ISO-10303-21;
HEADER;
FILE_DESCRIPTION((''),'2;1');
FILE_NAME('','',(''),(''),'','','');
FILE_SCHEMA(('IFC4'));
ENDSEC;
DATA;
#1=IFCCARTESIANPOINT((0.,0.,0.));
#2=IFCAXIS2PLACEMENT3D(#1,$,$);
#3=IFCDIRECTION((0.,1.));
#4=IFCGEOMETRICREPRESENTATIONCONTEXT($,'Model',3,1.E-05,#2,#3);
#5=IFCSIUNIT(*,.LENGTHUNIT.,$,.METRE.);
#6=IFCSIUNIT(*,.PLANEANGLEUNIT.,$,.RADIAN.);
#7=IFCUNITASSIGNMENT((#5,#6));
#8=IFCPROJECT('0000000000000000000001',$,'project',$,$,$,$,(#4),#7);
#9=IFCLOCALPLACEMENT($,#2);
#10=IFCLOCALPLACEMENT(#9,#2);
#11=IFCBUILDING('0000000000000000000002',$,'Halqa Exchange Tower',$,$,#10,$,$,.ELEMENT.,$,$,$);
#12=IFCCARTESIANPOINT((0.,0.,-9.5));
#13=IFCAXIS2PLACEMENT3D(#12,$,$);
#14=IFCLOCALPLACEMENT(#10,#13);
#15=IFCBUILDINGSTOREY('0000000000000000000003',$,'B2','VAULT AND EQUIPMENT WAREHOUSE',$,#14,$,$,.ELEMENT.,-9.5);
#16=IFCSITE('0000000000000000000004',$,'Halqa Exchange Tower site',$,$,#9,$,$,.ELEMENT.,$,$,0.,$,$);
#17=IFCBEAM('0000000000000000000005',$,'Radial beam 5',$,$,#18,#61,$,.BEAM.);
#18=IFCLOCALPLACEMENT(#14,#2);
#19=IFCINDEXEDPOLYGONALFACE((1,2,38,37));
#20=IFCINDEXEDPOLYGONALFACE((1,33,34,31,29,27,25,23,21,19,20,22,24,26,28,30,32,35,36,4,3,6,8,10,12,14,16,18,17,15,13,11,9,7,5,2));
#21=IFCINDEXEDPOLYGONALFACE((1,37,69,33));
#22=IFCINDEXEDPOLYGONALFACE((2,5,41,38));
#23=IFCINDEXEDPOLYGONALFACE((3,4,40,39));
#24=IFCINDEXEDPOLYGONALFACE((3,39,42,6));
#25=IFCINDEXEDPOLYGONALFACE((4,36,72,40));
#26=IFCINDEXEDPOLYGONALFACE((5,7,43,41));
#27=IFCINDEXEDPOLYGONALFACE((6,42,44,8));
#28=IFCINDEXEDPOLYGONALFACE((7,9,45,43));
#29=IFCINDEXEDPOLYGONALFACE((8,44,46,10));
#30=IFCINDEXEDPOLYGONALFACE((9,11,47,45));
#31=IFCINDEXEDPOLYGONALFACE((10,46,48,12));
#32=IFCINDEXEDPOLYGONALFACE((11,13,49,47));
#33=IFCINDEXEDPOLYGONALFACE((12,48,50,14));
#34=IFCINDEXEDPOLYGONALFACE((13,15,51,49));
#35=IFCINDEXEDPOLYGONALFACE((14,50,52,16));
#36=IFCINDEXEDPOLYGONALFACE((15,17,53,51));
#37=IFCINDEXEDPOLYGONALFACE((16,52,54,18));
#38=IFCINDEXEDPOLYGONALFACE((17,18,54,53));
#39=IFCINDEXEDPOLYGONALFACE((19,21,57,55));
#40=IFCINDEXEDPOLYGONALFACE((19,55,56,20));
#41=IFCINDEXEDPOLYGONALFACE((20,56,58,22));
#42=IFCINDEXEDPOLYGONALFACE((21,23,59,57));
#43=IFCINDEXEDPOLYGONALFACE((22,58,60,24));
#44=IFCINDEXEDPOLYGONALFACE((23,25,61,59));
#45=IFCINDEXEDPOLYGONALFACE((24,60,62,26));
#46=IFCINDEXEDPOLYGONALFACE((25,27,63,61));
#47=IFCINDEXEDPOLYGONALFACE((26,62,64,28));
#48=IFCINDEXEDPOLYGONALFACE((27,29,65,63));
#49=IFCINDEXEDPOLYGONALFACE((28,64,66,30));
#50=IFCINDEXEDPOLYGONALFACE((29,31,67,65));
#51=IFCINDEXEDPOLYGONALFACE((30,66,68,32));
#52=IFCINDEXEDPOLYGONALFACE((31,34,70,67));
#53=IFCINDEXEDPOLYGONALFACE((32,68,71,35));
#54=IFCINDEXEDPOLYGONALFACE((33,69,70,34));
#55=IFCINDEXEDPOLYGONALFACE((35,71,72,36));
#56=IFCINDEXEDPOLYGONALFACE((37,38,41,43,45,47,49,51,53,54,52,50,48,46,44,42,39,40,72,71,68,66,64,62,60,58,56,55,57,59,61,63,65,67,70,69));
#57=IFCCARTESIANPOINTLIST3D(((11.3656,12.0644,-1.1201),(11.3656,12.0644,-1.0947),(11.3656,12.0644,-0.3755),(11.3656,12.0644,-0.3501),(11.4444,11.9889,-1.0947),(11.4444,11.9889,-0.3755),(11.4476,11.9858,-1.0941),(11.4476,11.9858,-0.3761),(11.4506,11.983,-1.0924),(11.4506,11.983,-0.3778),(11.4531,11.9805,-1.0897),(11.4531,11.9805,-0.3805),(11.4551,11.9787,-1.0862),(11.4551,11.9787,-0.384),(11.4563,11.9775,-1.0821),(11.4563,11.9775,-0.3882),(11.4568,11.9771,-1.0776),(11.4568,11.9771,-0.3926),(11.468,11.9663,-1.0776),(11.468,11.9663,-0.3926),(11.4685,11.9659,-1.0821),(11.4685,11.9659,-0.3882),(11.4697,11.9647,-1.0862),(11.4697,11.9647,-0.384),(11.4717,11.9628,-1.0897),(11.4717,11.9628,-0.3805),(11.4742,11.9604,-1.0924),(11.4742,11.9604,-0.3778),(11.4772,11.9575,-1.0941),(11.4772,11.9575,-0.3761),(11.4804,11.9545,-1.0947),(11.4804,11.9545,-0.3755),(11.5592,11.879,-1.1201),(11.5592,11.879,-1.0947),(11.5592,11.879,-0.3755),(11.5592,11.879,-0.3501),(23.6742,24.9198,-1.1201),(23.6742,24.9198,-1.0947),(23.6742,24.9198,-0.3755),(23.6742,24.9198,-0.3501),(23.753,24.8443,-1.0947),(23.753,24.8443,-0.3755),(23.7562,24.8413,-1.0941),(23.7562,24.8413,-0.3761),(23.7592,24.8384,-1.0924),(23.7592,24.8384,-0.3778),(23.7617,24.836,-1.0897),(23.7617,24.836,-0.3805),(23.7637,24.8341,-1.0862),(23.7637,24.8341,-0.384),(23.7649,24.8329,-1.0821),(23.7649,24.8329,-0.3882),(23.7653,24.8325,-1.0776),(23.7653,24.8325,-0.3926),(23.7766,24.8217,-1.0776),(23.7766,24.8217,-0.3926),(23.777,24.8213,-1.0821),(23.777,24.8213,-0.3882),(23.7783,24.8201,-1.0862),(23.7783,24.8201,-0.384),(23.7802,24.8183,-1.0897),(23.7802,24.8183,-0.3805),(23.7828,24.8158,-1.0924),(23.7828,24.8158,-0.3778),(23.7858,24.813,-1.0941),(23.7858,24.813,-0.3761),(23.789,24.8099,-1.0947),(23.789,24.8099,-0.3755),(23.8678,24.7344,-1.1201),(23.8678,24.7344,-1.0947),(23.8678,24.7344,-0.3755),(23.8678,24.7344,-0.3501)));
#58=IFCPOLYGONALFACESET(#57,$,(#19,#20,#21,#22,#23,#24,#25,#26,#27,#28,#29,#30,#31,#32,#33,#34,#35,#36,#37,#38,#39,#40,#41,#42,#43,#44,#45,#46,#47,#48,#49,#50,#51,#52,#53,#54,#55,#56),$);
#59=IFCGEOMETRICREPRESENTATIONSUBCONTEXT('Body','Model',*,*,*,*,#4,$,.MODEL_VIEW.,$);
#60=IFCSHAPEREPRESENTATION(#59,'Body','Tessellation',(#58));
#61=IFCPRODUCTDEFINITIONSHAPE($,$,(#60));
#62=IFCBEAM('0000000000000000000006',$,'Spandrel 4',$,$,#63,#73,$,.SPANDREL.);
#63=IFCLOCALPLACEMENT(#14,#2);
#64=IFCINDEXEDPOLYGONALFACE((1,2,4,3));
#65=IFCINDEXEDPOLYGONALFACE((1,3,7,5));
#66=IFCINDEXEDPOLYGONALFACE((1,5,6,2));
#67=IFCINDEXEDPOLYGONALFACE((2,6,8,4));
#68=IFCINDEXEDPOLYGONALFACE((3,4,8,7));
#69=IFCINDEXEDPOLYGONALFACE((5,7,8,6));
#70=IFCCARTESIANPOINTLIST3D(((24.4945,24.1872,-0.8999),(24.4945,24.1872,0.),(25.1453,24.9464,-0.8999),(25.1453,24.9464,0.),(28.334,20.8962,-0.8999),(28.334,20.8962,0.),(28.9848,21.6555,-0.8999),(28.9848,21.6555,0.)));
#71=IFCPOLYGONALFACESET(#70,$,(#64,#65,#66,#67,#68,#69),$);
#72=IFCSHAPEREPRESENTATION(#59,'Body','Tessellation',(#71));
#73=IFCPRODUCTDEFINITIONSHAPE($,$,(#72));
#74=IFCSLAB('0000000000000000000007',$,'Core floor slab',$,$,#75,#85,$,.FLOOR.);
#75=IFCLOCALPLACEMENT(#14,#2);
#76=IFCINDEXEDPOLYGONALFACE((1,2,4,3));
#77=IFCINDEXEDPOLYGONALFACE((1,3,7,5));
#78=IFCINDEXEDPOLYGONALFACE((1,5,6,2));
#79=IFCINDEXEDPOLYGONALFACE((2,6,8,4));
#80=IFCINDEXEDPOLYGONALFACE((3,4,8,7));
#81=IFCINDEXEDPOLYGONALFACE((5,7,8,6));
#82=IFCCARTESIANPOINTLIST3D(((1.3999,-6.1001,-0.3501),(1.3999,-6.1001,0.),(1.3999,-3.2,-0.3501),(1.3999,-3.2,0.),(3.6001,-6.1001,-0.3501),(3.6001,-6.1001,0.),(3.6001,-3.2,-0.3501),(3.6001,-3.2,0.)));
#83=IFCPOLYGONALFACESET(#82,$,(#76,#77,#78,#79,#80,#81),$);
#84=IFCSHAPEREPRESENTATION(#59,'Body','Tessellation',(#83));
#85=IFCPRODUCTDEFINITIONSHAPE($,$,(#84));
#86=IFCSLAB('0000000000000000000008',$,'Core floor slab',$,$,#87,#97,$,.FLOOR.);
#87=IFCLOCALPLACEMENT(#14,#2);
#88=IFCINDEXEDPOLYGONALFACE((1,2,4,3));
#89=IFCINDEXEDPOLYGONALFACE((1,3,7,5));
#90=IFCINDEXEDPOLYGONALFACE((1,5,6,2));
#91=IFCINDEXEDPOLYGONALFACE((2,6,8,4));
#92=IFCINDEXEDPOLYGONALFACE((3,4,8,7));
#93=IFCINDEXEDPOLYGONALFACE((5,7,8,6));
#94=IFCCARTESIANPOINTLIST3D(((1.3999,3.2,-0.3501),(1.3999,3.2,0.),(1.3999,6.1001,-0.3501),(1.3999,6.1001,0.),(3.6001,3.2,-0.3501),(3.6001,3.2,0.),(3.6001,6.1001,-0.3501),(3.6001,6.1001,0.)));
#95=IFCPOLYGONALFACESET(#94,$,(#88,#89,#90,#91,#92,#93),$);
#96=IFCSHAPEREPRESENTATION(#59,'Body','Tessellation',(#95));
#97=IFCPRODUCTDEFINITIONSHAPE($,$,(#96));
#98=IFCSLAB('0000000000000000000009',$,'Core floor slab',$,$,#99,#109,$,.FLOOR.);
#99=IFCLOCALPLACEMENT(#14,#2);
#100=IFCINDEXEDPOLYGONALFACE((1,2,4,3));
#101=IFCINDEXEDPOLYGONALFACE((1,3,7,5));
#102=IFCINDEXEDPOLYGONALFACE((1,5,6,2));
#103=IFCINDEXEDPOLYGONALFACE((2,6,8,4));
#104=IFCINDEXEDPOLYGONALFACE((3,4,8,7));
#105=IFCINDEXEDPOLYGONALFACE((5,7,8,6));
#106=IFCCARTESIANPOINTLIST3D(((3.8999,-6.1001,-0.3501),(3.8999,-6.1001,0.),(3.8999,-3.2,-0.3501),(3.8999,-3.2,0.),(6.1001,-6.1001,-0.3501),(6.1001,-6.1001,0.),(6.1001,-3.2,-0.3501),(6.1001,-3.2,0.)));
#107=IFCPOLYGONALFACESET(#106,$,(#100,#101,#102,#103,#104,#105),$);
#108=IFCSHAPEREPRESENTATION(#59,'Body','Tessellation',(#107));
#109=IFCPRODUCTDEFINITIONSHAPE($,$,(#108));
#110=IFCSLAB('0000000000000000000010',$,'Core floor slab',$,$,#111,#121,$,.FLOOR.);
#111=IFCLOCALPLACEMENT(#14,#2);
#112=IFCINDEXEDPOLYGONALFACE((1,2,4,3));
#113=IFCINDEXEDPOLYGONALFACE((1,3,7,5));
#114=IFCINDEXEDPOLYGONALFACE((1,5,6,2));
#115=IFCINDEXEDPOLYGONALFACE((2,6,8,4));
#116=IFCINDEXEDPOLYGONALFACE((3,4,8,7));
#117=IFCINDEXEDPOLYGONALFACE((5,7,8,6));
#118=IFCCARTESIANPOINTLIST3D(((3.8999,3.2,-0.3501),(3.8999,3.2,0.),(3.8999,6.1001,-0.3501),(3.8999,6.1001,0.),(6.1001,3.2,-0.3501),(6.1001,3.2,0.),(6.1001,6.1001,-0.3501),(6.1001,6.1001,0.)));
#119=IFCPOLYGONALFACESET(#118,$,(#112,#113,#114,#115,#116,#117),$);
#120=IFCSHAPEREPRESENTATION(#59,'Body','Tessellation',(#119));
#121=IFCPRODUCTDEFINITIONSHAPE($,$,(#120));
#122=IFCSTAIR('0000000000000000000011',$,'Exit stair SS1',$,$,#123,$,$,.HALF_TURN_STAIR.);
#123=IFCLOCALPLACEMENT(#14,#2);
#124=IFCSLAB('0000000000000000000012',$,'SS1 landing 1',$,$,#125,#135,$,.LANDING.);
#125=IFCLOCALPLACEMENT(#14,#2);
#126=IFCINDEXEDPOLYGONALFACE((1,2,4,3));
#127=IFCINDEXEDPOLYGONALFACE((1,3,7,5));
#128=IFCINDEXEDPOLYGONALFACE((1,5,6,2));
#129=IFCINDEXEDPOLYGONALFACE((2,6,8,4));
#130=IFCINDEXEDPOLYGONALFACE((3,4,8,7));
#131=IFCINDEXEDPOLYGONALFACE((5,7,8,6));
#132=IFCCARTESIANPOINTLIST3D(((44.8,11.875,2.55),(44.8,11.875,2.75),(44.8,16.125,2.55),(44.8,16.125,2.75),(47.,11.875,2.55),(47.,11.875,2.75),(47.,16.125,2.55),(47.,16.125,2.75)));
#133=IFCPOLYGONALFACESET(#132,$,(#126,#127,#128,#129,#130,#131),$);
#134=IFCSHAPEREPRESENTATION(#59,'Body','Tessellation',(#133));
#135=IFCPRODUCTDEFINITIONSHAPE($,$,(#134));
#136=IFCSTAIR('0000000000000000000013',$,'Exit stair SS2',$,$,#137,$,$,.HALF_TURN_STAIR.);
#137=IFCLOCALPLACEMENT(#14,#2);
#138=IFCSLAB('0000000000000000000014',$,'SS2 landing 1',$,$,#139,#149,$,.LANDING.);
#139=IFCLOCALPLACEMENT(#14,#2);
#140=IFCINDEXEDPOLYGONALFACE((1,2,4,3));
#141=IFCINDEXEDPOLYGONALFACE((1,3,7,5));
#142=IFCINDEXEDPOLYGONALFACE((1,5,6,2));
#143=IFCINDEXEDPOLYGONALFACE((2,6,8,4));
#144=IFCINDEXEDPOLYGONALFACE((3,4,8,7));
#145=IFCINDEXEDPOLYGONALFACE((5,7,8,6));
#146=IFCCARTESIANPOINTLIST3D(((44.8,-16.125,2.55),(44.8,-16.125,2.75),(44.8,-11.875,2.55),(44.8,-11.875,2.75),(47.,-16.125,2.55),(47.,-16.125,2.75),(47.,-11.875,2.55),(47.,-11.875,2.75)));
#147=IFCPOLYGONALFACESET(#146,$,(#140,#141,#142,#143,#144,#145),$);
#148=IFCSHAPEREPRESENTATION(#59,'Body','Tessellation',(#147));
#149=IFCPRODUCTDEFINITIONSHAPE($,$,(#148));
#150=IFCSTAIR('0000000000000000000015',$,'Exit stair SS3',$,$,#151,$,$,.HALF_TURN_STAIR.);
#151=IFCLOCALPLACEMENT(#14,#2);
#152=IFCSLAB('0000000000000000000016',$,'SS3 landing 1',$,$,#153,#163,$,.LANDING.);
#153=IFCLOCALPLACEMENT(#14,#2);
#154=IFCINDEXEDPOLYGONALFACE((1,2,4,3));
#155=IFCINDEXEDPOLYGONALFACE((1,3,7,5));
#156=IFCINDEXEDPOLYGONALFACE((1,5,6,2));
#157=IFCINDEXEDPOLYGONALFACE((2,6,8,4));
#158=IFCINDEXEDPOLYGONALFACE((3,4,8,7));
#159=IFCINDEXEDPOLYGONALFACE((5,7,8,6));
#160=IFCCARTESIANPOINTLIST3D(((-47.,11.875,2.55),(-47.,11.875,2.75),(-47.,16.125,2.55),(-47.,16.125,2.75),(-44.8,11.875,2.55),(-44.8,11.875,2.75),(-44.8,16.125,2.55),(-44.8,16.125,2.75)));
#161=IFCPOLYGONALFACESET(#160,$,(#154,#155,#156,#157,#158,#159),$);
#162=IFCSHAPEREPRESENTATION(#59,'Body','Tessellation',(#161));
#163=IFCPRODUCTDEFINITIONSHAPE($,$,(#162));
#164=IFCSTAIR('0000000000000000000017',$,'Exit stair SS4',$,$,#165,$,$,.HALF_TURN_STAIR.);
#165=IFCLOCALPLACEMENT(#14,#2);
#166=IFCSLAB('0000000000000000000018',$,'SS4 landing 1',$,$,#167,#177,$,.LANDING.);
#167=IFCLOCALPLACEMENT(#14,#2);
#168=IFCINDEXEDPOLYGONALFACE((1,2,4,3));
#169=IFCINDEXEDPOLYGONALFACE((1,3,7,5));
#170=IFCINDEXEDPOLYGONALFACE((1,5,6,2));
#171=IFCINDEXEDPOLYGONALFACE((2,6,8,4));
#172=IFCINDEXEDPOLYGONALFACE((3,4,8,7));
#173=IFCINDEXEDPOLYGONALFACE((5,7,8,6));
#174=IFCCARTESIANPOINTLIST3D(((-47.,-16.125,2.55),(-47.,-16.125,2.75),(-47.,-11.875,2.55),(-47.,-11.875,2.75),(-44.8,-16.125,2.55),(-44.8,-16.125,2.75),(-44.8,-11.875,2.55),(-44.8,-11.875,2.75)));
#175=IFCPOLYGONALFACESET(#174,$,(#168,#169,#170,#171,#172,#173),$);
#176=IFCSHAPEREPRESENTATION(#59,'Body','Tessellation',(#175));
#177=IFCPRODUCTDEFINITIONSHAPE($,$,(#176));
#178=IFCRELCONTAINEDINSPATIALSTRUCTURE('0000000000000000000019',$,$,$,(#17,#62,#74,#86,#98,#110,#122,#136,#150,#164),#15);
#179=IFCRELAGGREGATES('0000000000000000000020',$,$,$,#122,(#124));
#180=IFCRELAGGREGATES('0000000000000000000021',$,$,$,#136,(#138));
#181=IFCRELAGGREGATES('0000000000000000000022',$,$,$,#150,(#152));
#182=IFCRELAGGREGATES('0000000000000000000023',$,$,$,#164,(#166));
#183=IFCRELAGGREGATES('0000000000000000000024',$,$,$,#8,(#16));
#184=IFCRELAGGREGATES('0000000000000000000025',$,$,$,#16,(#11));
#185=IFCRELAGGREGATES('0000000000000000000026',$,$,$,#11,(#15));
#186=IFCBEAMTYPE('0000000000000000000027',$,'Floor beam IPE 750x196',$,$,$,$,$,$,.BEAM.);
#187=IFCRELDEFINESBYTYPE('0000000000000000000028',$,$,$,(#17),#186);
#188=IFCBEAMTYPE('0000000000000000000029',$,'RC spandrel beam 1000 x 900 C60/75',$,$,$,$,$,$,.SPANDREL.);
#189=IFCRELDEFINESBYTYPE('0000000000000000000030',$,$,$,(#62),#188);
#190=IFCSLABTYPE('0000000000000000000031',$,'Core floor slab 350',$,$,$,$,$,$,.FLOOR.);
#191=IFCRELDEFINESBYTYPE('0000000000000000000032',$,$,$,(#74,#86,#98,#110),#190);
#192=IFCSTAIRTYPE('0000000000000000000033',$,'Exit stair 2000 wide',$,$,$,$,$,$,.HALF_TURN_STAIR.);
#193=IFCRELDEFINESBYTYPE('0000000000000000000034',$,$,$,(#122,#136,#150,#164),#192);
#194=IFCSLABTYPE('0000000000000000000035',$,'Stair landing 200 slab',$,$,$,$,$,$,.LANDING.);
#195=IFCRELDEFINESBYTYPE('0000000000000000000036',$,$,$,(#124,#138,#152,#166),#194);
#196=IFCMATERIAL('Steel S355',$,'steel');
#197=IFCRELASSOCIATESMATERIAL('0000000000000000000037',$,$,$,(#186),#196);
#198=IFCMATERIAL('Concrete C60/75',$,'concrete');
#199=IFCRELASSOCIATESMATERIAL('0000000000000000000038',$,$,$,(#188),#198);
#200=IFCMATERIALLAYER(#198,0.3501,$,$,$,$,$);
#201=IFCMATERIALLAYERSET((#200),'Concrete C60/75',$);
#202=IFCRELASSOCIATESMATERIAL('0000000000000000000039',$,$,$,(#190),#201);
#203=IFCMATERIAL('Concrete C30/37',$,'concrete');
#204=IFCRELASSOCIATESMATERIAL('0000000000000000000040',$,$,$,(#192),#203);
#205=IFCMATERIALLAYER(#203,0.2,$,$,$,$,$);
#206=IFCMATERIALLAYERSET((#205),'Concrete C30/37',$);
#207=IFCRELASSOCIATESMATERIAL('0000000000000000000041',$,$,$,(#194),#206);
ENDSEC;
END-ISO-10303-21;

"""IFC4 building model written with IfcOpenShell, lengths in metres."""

from ifc_helpers import new_model, si_unit, direction, frame, origin, origin_2d, place, context, subcontext, project, spatial, polyline, rectangle, i_section, outline, extrude, material, layer, layer_set, material_profile, profile_set, type_object, element, aggregate, save


model = new_model("IFC4")

# Units and contexts
model_context = context("Model", 3, precision=1e-05, world=origin(), true_north=direction((0.0, 1.0)))
body_context = subcontext(model_context, "Body", "Model", "MODEL_VIEW")
ifc_project = project(units=[si_unit("LENGTHUNIT", "METRE"), si_unit("PLANEANGLEUNIT", "RADIAN")], contexts=[model_context])

# Site, building, storey
site_placement = place(None, origin())
site = spatial("IfcSite", under=ifc_project, at=site_placement, Name="Halqa Exchange Tower site", CompositionType="ELEMENT", RefElevation=0.0)
building_placement = place(site_placement, origin())
building = spatial("IfcBuilding", under=site, at=building_placement, Name="Halqa Exchange Tower", CompositionType="ELEMENT")
storey_placement = place(building_placement, frame((0.0, 0.0, -9.5)))
storey = spatial("IfcBuildingStorey", under=building, at=storey_placement, Name="B2", Description="VAULT AND EQUIPMENT WAREHOUSE", CompositionType="ELEMENT", Elevation=-9.5)

# Beams
ifc_material_1 = material(Name="Steel S355", Category="steel")
ifc_material_profile_1 = material_profile(ifc_material_1, i_section(OverallWidth=0.2681, OverallDepth=0.77, WebThickness=0.0156, FlangeThickness=0.0254, FilletRadius=0.0171, at=origin_2d()), Name="IPE 750x196")
ifc_profile_set_1 = profile_set([ifc_material_profile_1], Name="Steel S355")
beam_type_1 = type_object("IfcBeamType", Name="Floor beam IPE 750x196", PredefinedType="BEAM", material=ifc_profile_set_1)
beam_1_placement = place(storey_placement, frame((11.4624, 11.9717, -0.7351), z_axis=(0.691576, 0.722303, 0.0), x_axis=(-0.722303, 0.691576, 0.0)))
element("IfcBeam", 1, at=beam_1_placement, inside=storey, type_object=beam_type_1, Name="Radial beam 5", PredefinedType="BEAM", context=body_context, shape_type="SweptSolid", body=[
    extrude(i_section(OverallWidth=0.2681, OverallDepth=0.77, WebThickness=0.0156, FlangeThickness=0.0254, FilletRadius=0.0171, at=origin_2d()), origin(), (0.0, 0.0, 1.0), 17.7979),
])
ifc_material_2 = material(Name="Concrete C60/75", Category="concrete")
ifc_material_profile_2 = material_profile(ifc_material_2, rectangle(XDim=1.0, YDim=0.8999, at=origin_2d()), Name="1000 x 900")
ifc_profile_set_2 = profile_set([ifc_material_profile_2], Name="Concrete C60/75")
beam_type_2 = type_object("IfcBeamType", Name="RC spandrel beam 1000 x 900 C60/75", PredefinedType="SPANDREL", material=ifc_profile_set_2)
beam_2_placement = place(storey_placement, frame((28.6594, 21.2759, -0.45), z_axis=(-0.759263, 0.650783, 0.0), x_axis=(-0.650783, -0.759263, 0.0)))
element("IfcBeam", 2, at=beam_2_placement, inside=storey, type_object=beam_type_2, Name="Spandrel 4", PredefinedType="SPANDREL", context=body_context, shape_type="SweptSolid", body=[
    extrude(rectangle(XDim=1.0, YDim=0.8999, at=origin_2d()), origin(), (0.0, 0.0, 1.0), 5.0569),
])

# Slabs
ifc_layer_1 = layer(ifc_material_2, 0.3501)
ifc_layer_set_1 = layer_set([ifc_layer_1], Name="Concrete C60/75")
slab_type_1 = type_object("IfcSlabType", Name="Core floor slab 350", PredefinedType="FLOOR", material=ifc_layer_set_1)
slab_1_placement = place(storey_placement, frame((0.0, 0.0, -0.3501)))
element("IfcSlab", 3, at=slab_1_placement, inside=storey, type_object=slab_type_1, Name="Core floor slab", PredefinedType="FLOOR", context=body_context, shape_type="SweptSolid", body=[
    extrude(outline(polyline([(3.6001, -3.2), (3.6001, -6.1001), (1.3999, -6.1001), (1.3999, -3.2), (3.6001, -3.2)])), origin(), (0.0, 0.0, 1.0), 0.3501),
])
slab_2_placement = place(storey_placement, frame((0.0, 0.0, -0.3501)))
element("IfcSlab", 4, at=slab_2_placement, inside=storey, type_object=slab_type_1, Name="Core floor slab", PredefinedType="FLOOR", context=body_context, shape_type="SweptSolid", body=[
    extrude(outline(polyline([(3.6001, 6.1001), (3.6001, 3.2), (1.3999, 3.2), (1.3999, 6.1001), (3.6001, 6.1001)])), origin(), (0.0, 0.0, 1.0), 0.3501),
])
slab_3_placement = place(storey_placement, frame((0.0, 0.0, -0.3501)))
element("IfcSlab", 5, at=slab_3_placement, inside=storey, type_object=slab_type_1, Name="Core floor slab", PredefinedType="FLOOR", context=body_context, shape_type="SweptSolid", body=[
    extrude(outline(polyline([(6.1001, -3.2), (6.1001, -6.1001), (3.8999, -6.1001), (3.8999, -3.2), (6.1001, -3.2)])), origin(), (0.0, 0.0, 1.0), 0.3501),
])
slab_4_placement = place(storey_placement, frame((0.0, 0.0, -0.3501)))
element("IfcSlab", 6, at=slab_4_placement, inside=storey, type_object=slab_type_1, Name="Core floor slab", PredefinedType="FLOOR", context=body_context, shape_type="SweptSolid", body=[
    extrude(outline(polyline([(6.1001, 6.1001), (6.1001, 3.2), (3.8999, 3.2), (3.8999, 6.1001), (6.1001, 6.1001)])), origin(), (0.0, 0.0, 1.0), 0.3501),
])

# Stairs, slabs
ifc_material_3 = material(Name="Concrete C30/37", Category="concrete")
stair_type = type_object("IfcStairType", Name="Exit stair 2000 wide", PredefinedType="HALF_TURN_STAIR", material=ifc_material_3)
stair_1_placement = place(storey_placement, origin())
stair_1 = element("IfcStair", 7, at=stair_1_placement, inside=storey, type_object=stair_type, Name="Exit stair SS1", PredefinedType="HALF_TURN_STAIR")
ifc_layer_2 = layer(ifc_material_3, 0.2)
ifc_layer_set_2 = layer_set([ifc_layer_2], Name="Concrete C30/37")
slab_type_2 = type_object("IfcSlabType", Name="Stair landing 200 slab", PredefinedType="LANDING", material=ifc_layer_set_2)
slab_5_placement = place(storey_placement, frame((0.0, 0.0, 2.55)))
slab_5 = element("IfcSlab", 8, at=slab_5_placement, type_object=slab_type_2, Name="SS1 landing 1", PredefinedType="LANDING", context=body_context, shape_type="SweptSolid", body=[
    extrude(outline(polyline([(44.8, 11.875), (47.0, 11.875), (47.0, 16.125), (44.8, 16.125), (44.8, 11.875)])), origin(), (0.0, 0.0, 1.0), 0.2),
])
aggregate(stair_1, [slab_5])
stair_2_placement = place(storey_placement, origin())
stair_2 = element("IfcStair", 9, at=stair_2_placement, inside=storey, type_object=stair_type, Name="Exit stair SS2", PredefinedType="HALF_TURN_STAIR")
slab_6_placement = place(storey_placement, frame((0.0, 0.0, 2.55)))
slab_6 = element("IfcSlab", 10, at=slab_6_placement, type_object=slab_type_2, Name="SS2 landing 1", PredefinedType="LANDING", context=body_context, shape_type="SweptSolid", body=[
    extrude(outline(polyline([(44.8, -16.125), (47.0, -16.125), (47.0, -11.875), (44.8, -11.875), (44.8, -16.125)])), origin(), (0.0, 0.0, 1.0), 0.2),
])
aggregate(stair_2, [slab_6])
stair_3_placement = place(storey_placement, origin())
stair_3 = element("IfcStair", 11, at=stair_3_placement, inside=storey, type_object=stair_type, Name="Exit stair SS3", PredefinedType="HALF_TURN_STAIR")
slab_7_placement = place(storey_placement, frame((0.0, 0.0, 2.55)))
slab_7 = element("IfcSlab", 12, at=slab_7_placement, type_object=slab_type_2, Name="SS3 landing 1", PredefinedType="LANDING", context=body_context, shape_type="SweptSolid", body=[
    extrude(outline(polyline([(-47.0, 11.875), (-44.8, 11.875), (-44.8, 16.125), (-47.0, 16.125), (-47.0, 11.875)])), origin(), (0.0, 0.0, 1.0), 0.2),
])
aggregate(stair_3, [slab_7])
stair_4_placement = place(storey_placement, origin())
stair_4 = element("IfcStair", 13, at=stair_4_placement, inside=storey, type_object=stair_type, Name="Exit stair SS4", PredefinedType="HALF_TURN_STAIR")
slab_8_placement = place(storey_placement, frame((0.0, 0.0, 2.55)))
slab_8 = element("IfcSlab", 14, at=slab_8_placement, type_object=slab_type_2, Name="SS4 landing 1", PredefinedType="LANDING", context=body_context, shape_type="SweptSolid", body=[
    extrude(outline(polyline([(-47.0, -16.125), (-44.8, -16.125), (-44.8, -11.875), (-47.0, -11.875), (-47.0, -16.125)])), origin(), (0.0, 0.0, 1.0), 0.2),
])
aggregate(stair_4, [slab_8])

save(model, "model.ifc")
